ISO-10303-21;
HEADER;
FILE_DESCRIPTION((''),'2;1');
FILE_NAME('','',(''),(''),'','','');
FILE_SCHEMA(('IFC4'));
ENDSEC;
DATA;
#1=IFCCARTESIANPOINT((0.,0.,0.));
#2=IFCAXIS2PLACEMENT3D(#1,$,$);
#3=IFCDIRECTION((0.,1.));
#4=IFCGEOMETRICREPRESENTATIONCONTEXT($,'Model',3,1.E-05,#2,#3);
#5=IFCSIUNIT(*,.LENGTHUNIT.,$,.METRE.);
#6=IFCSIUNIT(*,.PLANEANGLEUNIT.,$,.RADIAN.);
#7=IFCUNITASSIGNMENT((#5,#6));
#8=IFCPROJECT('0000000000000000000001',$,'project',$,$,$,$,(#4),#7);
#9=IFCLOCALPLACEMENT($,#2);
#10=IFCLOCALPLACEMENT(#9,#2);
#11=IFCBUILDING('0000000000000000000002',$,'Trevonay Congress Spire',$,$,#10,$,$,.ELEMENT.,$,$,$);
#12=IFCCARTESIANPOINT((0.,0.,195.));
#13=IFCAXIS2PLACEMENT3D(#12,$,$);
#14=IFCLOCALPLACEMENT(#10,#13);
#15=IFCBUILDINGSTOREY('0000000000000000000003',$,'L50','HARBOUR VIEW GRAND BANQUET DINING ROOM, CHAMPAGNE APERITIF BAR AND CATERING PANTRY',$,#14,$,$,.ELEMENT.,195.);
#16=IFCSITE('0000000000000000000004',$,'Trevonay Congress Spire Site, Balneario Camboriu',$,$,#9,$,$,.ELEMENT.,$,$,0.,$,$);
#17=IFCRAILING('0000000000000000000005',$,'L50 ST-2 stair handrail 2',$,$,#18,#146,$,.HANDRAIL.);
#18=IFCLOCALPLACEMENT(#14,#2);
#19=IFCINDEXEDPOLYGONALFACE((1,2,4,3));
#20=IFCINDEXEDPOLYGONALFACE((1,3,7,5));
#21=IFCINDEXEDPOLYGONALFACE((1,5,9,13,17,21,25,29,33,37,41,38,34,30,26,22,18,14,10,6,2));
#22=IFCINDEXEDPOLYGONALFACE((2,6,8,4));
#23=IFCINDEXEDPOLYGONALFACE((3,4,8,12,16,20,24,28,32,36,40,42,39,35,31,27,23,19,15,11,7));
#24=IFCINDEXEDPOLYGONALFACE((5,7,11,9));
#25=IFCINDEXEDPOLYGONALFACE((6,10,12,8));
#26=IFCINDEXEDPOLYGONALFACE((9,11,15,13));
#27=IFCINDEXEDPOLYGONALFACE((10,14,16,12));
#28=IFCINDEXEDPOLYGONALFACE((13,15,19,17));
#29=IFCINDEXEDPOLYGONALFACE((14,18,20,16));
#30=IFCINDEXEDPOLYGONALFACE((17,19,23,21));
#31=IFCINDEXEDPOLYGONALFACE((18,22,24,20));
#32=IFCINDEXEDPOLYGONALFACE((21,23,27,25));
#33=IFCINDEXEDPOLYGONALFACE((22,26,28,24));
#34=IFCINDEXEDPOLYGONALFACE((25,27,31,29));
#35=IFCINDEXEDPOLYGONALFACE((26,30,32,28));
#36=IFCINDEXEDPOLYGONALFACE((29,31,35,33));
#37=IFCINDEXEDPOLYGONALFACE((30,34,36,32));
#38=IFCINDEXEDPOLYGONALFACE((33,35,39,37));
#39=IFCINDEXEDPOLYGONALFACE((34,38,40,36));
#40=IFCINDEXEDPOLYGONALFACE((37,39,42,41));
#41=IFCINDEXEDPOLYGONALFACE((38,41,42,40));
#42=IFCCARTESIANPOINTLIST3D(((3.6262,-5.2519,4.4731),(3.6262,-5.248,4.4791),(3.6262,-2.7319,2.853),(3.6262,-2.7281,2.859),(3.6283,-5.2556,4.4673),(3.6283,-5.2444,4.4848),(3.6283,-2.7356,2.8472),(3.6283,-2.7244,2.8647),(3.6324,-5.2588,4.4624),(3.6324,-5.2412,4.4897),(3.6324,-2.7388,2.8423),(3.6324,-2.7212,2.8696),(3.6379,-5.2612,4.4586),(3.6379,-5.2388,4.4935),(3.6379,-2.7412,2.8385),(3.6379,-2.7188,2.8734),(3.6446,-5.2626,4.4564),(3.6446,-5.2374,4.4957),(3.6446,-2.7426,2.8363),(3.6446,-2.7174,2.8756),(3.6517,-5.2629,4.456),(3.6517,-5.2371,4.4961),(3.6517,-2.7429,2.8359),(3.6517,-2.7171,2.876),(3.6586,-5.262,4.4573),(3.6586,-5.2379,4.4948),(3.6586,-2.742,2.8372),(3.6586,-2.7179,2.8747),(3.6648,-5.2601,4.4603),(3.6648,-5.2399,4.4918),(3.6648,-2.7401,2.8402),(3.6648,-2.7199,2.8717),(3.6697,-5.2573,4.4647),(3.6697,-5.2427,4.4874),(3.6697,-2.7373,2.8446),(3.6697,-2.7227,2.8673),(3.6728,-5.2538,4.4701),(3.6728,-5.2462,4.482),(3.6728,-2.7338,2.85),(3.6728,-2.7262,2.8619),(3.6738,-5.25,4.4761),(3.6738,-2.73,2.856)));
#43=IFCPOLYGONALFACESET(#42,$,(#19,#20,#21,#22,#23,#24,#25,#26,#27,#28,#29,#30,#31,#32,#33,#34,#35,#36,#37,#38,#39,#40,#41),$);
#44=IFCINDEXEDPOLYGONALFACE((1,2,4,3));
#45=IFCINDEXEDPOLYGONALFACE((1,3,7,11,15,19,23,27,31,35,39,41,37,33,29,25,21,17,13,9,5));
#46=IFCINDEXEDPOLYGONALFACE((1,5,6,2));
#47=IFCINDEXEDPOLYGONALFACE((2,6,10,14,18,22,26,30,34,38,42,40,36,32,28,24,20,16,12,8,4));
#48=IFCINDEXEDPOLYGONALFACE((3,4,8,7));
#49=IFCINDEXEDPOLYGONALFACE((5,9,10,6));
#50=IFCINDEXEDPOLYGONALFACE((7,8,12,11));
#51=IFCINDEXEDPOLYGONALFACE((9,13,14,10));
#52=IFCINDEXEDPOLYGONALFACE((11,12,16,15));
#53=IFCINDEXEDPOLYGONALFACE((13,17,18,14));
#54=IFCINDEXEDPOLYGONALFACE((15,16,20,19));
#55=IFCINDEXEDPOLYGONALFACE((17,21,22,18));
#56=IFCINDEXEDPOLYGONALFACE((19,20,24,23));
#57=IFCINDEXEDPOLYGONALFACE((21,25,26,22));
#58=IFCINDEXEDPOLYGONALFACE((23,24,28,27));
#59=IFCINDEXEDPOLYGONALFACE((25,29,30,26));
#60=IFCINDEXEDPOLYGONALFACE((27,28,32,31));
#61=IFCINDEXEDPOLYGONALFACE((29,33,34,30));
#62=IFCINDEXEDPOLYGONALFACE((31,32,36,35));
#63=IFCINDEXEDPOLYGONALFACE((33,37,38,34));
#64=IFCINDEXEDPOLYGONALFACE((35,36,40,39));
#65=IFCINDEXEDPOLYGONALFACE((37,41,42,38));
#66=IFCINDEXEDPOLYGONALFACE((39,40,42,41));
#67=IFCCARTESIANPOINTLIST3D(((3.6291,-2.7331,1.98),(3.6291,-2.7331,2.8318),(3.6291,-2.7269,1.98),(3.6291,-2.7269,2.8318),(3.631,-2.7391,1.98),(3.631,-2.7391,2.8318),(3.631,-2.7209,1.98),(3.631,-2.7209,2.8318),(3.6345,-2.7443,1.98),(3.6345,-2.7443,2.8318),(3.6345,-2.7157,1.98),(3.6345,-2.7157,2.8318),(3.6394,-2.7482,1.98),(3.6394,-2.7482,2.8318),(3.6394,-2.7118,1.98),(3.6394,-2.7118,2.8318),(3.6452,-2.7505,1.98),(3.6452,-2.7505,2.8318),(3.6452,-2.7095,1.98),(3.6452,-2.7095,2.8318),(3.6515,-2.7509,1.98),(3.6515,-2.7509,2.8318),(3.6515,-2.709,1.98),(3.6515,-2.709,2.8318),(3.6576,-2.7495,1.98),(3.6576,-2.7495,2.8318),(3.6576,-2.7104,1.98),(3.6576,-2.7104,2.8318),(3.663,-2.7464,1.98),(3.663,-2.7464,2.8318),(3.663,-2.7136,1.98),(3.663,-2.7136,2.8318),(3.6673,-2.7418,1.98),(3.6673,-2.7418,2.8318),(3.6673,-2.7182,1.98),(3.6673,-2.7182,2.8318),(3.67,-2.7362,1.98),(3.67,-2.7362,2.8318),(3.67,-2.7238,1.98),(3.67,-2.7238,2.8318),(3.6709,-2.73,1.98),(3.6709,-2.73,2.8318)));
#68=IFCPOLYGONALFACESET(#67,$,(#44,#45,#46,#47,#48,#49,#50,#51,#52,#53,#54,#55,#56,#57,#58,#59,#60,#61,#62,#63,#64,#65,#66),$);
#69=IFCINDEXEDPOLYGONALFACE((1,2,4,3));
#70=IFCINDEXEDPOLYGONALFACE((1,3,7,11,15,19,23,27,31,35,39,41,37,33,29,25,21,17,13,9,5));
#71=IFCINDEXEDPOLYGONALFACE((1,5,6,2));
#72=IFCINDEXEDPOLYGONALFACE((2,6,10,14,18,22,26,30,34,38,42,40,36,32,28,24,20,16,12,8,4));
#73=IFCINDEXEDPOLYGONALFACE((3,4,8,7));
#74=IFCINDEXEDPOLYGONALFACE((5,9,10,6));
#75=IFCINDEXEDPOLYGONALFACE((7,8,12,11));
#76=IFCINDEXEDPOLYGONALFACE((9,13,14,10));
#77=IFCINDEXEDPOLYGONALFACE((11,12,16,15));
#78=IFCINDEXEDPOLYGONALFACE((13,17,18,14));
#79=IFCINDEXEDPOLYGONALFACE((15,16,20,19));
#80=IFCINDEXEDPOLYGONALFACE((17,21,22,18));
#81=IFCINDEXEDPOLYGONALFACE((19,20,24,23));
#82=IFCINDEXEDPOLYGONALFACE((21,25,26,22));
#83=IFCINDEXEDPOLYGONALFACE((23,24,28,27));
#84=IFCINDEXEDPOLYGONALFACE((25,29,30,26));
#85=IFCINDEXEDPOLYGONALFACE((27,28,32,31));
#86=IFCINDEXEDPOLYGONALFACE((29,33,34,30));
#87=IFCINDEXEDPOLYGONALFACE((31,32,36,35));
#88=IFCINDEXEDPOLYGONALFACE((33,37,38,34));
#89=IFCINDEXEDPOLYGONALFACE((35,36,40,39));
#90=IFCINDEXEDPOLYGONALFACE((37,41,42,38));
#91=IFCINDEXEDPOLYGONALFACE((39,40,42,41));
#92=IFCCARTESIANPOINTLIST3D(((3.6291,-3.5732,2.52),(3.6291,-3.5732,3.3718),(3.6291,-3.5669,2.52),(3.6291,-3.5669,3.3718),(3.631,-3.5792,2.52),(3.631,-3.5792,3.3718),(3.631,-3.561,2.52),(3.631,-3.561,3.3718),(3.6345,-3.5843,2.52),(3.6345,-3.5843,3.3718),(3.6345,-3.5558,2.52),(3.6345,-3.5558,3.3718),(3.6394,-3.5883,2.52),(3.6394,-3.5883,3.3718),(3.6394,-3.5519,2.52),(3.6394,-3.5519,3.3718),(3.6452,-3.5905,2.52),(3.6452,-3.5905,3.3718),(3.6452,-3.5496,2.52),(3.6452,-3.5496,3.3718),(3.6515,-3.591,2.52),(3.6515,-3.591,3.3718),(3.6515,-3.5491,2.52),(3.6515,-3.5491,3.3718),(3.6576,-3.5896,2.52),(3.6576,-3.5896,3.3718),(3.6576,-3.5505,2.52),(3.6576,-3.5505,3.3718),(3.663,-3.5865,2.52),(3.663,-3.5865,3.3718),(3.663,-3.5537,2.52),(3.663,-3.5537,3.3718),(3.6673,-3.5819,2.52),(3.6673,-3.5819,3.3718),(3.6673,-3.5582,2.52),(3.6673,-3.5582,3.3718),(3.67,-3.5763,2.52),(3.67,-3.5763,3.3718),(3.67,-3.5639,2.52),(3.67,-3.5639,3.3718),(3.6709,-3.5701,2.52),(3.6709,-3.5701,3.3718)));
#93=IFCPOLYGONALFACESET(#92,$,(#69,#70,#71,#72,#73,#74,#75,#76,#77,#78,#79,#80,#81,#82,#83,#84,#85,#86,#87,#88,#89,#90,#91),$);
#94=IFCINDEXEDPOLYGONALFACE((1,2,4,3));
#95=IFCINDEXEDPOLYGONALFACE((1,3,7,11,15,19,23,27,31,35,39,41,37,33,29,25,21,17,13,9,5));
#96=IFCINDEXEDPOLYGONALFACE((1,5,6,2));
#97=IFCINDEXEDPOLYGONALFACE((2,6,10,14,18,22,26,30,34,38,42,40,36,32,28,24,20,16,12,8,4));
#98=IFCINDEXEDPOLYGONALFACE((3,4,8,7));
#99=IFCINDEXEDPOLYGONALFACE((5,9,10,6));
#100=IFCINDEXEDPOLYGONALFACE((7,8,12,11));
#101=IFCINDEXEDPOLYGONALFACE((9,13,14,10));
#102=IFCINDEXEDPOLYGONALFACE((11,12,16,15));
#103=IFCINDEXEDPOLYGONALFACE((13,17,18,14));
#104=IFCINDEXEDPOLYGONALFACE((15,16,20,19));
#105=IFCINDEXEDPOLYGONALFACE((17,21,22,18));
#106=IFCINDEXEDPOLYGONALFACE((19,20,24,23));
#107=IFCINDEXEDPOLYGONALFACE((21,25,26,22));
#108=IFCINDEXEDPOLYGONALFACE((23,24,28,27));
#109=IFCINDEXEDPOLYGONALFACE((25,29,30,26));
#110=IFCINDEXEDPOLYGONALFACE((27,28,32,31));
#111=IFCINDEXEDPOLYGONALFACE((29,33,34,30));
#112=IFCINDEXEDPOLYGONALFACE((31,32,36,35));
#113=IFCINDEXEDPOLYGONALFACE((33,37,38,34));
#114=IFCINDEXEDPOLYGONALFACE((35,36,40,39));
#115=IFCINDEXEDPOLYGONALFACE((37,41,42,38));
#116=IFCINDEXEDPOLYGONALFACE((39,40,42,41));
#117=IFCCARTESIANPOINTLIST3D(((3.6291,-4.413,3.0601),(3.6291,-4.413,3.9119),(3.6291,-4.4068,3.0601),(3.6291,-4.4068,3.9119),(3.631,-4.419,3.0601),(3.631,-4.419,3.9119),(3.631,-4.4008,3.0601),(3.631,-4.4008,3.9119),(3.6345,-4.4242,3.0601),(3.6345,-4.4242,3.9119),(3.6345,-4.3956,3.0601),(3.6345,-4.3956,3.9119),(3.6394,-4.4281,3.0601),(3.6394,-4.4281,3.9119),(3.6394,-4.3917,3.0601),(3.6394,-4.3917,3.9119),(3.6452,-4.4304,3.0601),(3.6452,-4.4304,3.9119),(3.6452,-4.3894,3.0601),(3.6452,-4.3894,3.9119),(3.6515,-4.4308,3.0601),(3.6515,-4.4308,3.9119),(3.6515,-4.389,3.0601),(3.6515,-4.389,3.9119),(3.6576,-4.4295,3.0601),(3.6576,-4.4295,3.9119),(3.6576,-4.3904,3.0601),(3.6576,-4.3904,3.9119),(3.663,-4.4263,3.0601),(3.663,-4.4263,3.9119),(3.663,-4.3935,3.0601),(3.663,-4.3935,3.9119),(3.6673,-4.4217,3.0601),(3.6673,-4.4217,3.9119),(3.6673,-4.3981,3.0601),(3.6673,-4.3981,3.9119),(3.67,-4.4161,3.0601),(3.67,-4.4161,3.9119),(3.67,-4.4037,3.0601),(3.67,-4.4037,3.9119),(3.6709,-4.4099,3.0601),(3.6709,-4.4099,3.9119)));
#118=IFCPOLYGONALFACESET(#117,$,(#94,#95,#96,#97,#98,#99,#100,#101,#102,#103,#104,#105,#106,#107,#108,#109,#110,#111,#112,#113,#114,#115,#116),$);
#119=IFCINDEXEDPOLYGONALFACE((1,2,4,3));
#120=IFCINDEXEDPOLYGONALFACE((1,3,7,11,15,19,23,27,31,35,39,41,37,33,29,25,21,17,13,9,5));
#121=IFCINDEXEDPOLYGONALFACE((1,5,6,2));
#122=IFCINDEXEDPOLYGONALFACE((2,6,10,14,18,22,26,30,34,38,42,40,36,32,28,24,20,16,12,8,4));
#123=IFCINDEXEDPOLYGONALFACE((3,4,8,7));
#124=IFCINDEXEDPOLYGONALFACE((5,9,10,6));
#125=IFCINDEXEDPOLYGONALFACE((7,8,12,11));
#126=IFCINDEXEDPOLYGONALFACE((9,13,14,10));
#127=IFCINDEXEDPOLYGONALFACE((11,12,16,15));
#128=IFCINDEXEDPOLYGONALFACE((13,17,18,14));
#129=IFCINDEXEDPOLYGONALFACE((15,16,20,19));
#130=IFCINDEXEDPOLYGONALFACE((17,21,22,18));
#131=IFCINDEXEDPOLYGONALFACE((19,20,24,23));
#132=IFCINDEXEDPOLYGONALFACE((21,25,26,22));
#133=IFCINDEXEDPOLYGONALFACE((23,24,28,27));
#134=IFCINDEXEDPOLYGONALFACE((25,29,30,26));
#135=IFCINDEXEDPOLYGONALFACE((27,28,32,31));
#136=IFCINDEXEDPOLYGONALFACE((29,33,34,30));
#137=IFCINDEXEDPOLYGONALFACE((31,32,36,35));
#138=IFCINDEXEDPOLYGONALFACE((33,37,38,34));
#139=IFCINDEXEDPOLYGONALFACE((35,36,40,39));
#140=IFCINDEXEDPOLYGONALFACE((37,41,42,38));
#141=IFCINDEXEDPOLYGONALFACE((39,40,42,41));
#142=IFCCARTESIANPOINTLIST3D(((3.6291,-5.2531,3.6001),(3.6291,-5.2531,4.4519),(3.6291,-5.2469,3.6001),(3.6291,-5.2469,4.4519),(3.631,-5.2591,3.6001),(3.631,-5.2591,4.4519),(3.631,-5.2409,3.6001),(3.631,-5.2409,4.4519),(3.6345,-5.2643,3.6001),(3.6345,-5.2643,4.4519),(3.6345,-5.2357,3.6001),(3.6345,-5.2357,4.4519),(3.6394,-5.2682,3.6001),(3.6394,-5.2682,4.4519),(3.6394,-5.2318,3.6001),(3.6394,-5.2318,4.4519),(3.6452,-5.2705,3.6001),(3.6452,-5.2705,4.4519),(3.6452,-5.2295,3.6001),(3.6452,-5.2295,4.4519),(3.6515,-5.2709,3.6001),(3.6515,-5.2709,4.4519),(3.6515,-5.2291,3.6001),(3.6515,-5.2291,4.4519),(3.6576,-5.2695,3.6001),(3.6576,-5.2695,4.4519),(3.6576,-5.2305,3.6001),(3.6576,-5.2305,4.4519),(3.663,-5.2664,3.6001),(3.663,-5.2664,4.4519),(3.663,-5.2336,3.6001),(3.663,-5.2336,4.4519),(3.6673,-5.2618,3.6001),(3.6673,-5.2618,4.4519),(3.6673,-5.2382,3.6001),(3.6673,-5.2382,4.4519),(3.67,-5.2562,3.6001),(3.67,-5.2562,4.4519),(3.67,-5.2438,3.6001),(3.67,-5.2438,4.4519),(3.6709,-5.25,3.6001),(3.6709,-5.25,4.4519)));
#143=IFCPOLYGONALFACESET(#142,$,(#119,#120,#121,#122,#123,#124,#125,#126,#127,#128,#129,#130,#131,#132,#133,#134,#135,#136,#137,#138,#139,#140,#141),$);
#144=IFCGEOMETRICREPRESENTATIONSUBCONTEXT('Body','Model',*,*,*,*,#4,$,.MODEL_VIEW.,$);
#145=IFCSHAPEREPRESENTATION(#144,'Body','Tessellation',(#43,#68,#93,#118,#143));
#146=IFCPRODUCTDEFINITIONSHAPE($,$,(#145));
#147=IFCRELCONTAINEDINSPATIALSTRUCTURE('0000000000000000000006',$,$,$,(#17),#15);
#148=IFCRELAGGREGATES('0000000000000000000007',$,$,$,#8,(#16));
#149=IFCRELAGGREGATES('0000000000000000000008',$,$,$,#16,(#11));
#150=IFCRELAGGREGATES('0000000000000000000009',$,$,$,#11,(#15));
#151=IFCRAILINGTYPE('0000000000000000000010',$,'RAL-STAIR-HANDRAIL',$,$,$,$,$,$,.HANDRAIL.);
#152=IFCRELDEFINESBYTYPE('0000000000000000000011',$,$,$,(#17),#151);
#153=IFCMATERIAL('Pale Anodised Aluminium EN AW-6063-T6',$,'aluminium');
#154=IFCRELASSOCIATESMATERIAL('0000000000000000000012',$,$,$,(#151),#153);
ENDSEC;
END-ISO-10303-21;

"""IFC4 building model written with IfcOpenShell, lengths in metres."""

from ifc_helpers import new_model, si_unit, direction, frame, origin, origin_2d, place, context, subcontext, project, spatial, circle, extrude, material, type_object, element, save


model = new_model("IFC4")

# Units and contexts
model_context = context("Model", 3, precision=1e-05, world=origin(), true_north=direction((0.0, 1.0)))
body_context = subcontext(model_context, "Body", "Model", "MODEL_VIEW")
ifc_project = project(units=[si_unit("LENGTHUNIT", "METRE"), si_unit("PLANEANGLEUNIT", "RADIAN")], contexts=[model_context])

# Site, building, storey
site_placement = place(None, origin())
site = spatial("IfcSite", under=ifc_project, at=site_placement, Name="Trevonay Congress Spire Site, Balneario Camboriu", CompositionType="ELEMENT", RefElevation=0.0)
building_placement = place(site_placement, origin())
building = spatial("IfcBuilding", under=site, at=building_placement, Name="Trevonay Congress Spire", CompositionType="ELEMENT")
storey_placement = place(building_placement, frame((0.0, 0.0, 195.0)))
storey = spatial("IfcBuildingStorey", under=building, at=storey_placement, Name="L50", Description="HARBOUR VIEW GRAND BANQUET DINING ROOM, CHAMPAGNE APERITIF BAR AND CATERING PANTRY", CompositionType="ELEMENT", Elevation=195.0)

# Shared definitions
ifc_material_1 = material(Name="Pale Anodised Aluminium EN AW-6063-T6", Category="aluminium")

# Railing
railing_type_1 = type_object("IfcRailingType", Name="RAL-STAIR-HANDRAIL", PredefinedType="HANDRAIL", material=ifc_material_1)
railing_1_placement = place(storey_placement, frame((3.6499, -2.73, 1.98)))
element("IfcRailing", 1, at=railing_1_placement, inside=storey, type_object=railing_type_1, Name="L50 ST-2 stair handrail 2", PredefinedType="HANDRAIL", context=body_context, shape_type="SweptSolid", body=[
    extrude(circle(Radius=0.0239, at=origin_2d()), frame((0.0, 0.0, 0.876), z_axis=(0.0, -0.841163, 0.540782), x_axis=(1.0, 0.0, 0.0)), (0.0, 0.0, 1.0), 2.9958),
    extrude(circle(Radius=0.021, at=origin_2d()), origin(), (0.0, 0.0, 1.0), 0.8518),
    extrude(circle(Radius=0.021, at=origin_2d()), frame((0.0, -0.8401, 0.54)), (0.0, 0.0, 1.0), 0.8518),
    extrude(circle(Radius=0.021, at=origin_2d()), frame((0.0, -1.6799, 1.0801)), (0.0, 0.0, 1.0), 0.8518),
    extrude(circle(Radius=0.021, at=origin_2d()), frame((0.0, -2.52, 1.6201)), (0.0, 0.0, 1.0), 0.8518),
])

save(model, "model.ifc")
